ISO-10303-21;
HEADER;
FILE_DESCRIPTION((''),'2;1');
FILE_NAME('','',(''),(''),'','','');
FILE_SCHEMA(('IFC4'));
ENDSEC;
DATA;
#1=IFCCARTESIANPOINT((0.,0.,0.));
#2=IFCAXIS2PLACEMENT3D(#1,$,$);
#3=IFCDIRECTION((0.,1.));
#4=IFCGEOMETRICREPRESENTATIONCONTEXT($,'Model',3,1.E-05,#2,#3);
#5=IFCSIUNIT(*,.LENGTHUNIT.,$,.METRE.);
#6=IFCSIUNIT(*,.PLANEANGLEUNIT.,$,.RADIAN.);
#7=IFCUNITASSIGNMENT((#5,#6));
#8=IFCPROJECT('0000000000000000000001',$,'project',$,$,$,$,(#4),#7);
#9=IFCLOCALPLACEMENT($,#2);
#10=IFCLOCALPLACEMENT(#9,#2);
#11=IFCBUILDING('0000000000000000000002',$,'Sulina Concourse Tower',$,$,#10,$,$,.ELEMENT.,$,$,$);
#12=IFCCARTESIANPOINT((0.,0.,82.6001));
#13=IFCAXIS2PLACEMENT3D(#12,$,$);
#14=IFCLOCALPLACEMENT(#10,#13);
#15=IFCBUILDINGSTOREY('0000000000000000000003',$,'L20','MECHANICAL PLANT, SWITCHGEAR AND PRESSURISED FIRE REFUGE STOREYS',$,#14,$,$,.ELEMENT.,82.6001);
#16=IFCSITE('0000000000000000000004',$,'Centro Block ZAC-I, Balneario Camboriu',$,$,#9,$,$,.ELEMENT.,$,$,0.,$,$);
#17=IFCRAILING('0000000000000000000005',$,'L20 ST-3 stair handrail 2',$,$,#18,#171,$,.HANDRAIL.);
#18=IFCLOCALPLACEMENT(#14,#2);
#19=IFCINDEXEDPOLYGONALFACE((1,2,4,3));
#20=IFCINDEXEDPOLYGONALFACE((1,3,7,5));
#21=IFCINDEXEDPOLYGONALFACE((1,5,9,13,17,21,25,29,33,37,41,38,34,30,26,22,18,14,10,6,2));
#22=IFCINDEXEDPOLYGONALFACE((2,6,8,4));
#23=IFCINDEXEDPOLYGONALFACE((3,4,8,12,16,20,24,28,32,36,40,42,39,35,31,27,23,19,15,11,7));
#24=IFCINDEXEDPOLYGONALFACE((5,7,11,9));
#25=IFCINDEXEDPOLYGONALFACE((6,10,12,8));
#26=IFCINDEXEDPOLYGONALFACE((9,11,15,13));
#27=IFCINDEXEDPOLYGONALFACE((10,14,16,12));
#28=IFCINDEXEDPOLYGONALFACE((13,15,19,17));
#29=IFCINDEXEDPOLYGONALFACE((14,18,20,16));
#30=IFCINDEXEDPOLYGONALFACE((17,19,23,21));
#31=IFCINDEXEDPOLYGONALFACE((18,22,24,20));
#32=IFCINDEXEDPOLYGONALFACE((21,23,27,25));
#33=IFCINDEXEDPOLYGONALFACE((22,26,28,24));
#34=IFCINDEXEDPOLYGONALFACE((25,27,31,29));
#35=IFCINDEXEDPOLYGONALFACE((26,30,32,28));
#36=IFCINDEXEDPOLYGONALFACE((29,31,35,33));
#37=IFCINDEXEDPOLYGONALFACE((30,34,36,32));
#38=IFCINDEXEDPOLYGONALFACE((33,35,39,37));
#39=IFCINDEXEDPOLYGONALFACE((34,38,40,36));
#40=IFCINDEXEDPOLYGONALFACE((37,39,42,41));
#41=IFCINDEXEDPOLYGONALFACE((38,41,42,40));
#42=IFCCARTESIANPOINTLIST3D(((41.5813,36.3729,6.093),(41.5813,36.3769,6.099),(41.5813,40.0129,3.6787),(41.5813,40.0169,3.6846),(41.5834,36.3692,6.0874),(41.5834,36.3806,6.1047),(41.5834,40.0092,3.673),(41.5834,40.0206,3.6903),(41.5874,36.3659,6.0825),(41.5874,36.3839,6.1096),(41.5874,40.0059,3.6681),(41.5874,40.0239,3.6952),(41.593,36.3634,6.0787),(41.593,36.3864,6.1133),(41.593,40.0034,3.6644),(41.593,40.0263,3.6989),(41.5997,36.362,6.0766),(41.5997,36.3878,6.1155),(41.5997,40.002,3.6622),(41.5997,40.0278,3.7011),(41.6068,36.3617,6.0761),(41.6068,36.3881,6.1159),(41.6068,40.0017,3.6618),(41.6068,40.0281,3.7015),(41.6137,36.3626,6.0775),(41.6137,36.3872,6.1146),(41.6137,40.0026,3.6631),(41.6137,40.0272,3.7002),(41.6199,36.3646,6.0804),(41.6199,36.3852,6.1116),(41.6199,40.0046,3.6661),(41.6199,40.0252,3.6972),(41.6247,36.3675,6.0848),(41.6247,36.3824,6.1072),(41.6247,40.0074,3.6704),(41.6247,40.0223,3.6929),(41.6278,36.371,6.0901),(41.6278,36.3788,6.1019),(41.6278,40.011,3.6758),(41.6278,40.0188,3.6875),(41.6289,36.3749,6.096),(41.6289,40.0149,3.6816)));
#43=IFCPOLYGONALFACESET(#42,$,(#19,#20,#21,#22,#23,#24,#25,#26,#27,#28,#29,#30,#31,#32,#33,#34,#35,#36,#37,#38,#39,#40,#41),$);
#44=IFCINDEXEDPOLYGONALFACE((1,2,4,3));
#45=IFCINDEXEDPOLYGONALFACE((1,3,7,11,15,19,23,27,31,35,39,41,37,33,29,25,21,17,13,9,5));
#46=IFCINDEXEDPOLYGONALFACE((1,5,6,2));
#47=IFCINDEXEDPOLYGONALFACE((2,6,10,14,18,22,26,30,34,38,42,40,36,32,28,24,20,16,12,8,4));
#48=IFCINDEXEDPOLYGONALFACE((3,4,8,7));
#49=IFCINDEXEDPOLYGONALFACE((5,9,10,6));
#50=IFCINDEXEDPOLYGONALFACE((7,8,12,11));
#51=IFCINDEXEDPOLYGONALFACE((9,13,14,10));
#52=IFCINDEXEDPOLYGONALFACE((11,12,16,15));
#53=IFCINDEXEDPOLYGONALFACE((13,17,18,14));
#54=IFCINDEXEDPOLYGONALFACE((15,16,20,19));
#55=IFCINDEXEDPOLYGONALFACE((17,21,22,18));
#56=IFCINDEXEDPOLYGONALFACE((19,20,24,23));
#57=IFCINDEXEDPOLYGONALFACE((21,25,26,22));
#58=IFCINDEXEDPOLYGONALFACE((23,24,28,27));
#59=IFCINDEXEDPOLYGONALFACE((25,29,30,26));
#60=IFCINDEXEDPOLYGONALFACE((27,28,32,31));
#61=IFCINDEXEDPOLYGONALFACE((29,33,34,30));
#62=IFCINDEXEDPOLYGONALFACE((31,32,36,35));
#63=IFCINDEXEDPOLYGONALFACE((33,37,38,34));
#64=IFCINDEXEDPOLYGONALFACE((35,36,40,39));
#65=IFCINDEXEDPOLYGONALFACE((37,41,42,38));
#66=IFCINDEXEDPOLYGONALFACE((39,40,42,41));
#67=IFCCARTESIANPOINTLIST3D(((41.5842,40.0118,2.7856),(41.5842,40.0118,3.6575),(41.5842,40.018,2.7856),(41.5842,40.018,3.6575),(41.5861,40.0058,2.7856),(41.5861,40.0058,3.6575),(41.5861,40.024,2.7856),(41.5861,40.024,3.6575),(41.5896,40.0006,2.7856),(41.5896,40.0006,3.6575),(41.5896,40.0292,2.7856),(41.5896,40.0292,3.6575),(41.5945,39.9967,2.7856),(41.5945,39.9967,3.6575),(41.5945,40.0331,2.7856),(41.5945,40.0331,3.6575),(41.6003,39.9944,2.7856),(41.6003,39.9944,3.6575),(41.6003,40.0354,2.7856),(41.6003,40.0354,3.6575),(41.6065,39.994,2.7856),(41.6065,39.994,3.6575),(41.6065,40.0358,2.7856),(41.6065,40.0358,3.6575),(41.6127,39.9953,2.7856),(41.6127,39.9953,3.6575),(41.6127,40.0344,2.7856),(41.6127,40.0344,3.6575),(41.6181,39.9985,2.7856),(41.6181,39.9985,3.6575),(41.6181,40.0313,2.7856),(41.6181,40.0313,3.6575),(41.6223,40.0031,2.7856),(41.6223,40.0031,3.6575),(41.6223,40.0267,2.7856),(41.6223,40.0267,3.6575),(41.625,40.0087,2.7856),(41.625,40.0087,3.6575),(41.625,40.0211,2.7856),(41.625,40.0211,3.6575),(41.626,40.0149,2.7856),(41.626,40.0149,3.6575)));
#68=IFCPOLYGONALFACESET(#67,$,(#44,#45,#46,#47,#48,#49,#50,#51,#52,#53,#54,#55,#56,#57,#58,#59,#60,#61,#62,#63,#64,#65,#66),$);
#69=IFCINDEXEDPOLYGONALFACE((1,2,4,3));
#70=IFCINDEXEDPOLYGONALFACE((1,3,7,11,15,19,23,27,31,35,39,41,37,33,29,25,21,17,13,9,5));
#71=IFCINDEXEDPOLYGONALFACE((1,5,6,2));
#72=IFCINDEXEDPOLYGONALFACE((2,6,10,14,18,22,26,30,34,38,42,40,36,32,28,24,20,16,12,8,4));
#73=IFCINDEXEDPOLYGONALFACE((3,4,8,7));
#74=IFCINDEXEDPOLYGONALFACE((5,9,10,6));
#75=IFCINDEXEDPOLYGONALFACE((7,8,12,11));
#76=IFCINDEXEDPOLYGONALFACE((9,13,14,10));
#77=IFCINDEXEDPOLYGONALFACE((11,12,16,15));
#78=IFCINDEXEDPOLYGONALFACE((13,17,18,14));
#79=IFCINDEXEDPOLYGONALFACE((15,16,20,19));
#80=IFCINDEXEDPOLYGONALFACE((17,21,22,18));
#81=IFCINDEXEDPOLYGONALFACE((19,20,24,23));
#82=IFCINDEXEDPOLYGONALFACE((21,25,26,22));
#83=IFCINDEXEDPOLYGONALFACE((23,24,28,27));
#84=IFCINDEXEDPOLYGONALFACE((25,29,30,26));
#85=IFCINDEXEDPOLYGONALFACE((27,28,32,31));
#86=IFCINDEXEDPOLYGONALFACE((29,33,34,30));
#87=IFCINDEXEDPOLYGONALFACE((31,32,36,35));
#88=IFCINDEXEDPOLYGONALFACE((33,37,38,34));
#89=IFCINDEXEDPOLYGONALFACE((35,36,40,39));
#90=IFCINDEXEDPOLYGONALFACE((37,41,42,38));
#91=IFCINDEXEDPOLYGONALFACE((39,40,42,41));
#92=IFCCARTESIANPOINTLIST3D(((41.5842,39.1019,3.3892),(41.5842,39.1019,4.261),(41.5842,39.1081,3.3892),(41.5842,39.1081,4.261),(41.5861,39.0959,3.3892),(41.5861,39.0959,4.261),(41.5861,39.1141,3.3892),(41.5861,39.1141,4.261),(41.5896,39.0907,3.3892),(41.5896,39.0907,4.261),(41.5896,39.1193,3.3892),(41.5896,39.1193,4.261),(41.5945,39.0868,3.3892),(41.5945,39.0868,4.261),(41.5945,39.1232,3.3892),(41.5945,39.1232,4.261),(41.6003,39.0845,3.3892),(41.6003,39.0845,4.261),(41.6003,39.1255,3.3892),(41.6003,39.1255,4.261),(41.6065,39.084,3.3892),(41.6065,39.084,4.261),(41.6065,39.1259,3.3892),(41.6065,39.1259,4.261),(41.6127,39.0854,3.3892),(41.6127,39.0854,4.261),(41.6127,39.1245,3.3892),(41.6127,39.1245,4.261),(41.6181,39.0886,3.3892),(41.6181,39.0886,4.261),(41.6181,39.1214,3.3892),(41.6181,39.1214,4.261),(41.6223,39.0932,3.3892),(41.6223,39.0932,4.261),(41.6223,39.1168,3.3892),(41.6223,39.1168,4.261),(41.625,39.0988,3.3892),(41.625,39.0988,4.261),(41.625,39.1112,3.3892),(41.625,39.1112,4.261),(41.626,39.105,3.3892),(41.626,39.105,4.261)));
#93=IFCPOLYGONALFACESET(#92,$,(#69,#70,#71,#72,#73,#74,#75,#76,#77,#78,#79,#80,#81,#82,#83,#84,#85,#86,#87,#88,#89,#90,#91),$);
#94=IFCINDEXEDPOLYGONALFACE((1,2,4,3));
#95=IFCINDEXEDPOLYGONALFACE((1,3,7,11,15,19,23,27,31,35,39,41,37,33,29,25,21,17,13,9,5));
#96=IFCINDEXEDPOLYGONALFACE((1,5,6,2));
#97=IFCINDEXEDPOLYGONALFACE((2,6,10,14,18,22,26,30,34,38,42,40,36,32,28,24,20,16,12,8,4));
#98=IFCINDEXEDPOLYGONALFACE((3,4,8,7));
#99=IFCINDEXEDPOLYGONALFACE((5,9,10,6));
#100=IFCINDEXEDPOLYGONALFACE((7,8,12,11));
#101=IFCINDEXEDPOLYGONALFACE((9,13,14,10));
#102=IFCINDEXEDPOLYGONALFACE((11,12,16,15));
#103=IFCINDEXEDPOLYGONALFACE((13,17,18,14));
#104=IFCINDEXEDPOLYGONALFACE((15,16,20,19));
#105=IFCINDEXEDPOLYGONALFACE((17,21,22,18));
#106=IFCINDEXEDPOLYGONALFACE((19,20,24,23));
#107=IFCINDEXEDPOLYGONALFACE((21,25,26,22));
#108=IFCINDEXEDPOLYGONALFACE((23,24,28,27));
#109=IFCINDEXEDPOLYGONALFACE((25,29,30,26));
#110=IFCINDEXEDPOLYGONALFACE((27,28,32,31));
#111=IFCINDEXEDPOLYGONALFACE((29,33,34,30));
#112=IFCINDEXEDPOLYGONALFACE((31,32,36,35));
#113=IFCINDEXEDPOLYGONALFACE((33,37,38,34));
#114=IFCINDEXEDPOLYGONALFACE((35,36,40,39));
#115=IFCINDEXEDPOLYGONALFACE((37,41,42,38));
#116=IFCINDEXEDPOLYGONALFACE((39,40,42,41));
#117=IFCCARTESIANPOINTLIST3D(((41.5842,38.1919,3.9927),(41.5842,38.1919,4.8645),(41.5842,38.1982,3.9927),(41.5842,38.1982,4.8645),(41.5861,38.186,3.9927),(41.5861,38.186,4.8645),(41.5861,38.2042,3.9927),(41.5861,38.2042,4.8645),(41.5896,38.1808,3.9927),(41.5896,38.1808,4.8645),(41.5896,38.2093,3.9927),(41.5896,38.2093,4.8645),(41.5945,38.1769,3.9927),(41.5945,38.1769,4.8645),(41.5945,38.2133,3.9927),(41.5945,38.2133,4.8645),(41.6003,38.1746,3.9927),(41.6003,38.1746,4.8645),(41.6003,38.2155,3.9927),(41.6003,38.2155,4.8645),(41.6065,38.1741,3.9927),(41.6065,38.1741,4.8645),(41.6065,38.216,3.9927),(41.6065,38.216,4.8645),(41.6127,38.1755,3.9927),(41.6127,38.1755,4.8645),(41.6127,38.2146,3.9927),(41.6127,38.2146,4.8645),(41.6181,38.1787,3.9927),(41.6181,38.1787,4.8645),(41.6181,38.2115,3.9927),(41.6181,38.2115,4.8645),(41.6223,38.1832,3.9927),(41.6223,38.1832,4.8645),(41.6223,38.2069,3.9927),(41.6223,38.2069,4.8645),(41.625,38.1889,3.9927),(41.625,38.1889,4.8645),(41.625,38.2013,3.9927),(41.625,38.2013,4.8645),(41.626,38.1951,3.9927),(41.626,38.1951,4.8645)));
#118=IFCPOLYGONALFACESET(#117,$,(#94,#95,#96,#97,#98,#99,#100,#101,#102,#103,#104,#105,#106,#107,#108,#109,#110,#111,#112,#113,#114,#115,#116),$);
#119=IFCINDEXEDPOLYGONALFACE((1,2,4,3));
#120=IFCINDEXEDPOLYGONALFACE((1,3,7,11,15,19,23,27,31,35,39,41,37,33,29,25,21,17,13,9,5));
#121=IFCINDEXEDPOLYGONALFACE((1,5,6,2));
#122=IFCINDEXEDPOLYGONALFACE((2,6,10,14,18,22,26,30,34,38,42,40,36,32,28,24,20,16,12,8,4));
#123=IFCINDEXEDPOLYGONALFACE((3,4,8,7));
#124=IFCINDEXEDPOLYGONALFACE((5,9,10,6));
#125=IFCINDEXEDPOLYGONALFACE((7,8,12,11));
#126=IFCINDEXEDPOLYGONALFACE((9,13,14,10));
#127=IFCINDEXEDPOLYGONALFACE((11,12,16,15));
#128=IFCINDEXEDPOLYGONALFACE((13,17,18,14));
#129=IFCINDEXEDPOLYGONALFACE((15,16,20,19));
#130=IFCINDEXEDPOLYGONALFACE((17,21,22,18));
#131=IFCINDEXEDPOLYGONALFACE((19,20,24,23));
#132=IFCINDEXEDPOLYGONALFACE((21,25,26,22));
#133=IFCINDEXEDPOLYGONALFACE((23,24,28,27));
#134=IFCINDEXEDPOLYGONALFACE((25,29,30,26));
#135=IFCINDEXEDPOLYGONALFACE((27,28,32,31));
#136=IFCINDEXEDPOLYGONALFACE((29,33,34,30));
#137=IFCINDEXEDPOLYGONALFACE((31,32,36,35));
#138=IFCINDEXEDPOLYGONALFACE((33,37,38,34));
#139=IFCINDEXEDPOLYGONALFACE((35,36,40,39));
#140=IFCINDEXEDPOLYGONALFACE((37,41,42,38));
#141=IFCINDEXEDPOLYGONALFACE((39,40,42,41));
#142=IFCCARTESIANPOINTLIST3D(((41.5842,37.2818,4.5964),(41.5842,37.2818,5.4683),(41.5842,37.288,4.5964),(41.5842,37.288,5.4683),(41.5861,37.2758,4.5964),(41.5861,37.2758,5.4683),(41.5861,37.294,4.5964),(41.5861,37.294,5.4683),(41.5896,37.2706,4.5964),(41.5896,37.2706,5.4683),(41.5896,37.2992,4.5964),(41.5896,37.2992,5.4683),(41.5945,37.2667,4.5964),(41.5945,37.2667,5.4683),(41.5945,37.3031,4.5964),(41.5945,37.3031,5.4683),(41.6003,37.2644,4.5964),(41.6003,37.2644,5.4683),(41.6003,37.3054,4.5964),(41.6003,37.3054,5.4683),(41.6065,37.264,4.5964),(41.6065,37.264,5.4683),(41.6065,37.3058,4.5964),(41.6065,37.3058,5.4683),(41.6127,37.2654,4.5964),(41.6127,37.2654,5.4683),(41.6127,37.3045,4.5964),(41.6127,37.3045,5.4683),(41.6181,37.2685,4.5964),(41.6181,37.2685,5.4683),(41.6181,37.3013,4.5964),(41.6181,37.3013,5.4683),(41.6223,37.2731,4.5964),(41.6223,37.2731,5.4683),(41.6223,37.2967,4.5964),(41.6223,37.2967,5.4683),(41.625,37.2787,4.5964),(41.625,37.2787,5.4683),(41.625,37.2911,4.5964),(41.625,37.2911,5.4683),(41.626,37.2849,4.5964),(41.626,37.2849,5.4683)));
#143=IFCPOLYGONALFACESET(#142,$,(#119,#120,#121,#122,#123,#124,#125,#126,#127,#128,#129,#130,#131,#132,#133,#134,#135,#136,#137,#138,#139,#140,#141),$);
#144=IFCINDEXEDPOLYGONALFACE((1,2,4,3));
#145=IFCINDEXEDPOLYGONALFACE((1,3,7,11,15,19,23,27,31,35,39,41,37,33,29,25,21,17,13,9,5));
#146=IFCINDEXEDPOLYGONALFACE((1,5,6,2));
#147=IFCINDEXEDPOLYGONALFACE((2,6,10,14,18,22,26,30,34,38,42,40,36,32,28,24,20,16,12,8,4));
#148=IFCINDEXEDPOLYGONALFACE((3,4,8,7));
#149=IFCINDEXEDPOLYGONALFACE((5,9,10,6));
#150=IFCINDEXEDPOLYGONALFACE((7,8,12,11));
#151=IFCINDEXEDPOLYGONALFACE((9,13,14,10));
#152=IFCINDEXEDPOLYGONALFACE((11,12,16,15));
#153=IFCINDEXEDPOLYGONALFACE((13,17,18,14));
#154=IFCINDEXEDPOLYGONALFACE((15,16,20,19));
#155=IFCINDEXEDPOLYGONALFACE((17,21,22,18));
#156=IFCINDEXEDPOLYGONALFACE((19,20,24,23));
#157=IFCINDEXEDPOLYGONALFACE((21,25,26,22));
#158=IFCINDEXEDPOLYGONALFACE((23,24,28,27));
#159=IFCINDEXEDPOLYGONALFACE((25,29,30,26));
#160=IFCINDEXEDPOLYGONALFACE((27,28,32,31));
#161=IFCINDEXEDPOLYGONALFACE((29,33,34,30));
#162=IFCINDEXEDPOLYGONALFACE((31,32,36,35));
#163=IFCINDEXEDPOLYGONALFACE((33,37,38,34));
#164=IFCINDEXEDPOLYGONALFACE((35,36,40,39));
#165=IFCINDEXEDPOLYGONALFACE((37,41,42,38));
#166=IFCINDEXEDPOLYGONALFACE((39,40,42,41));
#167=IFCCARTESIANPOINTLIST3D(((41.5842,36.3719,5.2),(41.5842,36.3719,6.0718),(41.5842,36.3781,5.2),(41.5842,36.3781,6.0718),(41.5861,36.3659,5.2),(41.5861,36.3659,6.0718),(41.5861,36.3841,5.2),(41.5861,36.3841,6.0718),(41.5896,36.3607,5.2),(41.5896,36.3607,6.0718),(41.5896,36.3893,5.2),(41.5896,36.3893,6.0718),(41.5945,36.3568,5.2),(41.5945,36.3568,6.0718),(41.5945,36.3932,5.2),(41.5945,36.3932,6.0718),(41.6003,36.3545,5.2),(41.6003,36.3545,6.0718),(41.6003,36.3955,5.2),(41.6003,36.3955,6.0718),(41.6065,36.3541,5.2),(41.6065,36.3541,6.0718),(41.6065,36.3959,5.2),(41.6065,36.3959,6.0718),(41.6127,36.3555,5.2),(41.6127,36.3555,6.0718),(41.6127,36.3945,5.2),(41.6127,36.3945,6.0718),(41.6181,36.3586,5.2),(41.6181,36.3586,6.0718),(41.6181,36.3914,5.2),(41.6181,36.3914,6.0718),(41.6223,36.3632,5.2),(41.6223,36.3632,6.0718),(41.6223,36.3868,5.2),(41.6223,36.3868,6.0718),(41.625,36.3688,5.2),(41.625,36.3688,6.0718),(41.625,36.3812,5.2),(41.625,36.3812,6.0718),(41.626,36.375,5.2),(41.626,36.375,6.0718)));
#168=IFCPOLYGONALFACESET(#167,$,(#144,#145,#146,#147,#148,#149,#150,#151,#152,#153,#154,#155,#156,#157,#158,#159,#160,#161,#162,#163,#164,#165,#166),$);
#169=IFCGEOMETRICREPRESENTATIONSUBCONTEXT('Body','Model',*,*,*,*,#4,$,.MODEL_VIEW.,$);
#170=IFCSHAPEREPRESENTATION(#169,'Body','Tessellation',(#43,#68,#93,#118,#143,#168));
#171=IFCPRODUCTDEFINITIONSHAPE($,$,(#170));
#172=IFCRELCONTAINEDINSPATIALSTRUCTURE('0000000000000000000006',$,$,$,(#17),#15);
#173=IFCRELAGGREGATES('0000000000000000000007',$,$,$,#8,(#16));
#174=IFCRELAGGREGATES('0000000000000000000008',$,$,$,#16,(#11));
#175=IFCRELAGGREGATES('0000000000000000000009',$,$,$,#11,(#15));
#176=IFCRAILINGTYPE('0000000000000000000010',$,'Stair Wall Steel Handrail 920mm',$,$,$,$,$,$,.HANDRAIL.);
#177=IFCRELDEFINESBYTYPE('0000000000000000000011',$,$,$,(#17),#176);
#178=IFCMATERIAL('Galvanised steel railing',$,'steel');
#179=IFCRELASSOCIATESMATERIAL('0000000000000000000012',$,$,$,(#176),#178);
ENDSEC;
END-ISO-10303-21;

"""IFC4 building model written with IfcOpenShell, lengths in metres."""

from ifc_helpers import new_model, si_unit, direction, frame, origin, origin_2d, place, context, subcontext, project, spatial, circle, extrude, material, type_object, element, save


model = new_model("IFC4")

# Units and contexts
model_context = context("Model", 3, precision=1e-05, world=origin(), true_north=direction((0.0, 1.0)))
body_context = subcontext(model_context, "Body", "Model", "MODEL_VIEW")
ifc_project = project(units=[si_unit("LENGTHUNIT", "METRE"), si_unit("PLANEANGLEUNIT", "RADIAN")], contexts=[model_context])

# Site, building, storey
site_placement = place(None, origin())
site = spatial("IfcSite", under=ifc_project, at=site_placement, Name="Centro Block ZAC-I, Balneario Camboriu", CompositionType="ELEMENT", RefElevation=0.0)
building_placement = place(site_placement, origin())
building = spatial("IfcBuilding", under=site, at=building_placement, Name="Sulina Concourse Tower", CompositionType="ELEMENT")
storey_placement = place(building_placement, frame((0.0, 0.0, 82.6001)))
storey = spatial("IfcBuildingStorey", under=building, at=storey_placement, Name="L20", Description="MECHANICAL PLANT, SWITCHGEAR AND PRESSURISED FIRE REFUGE STOREYS", CompositionType="ELEMENT", Elevation=82.6001)

# Railing
ifc_material_1 = material(Name="Galvanised steel railing", Category="steel")
railing_type_1 = type_object("IfcRailingType", Name="Stair Wall Steel Handrail 920mm", PredefinedType="HANDRAIL", material=ifc_material_1)
railing_1_placement = place(storey_placement, frame((41.605, 40.0149, 2.7856)))
element("IfcRailing", 1, at=railing_1_placement, inside=storey, type_object=railing_type_1, Name="L20 ST-3 stair handrail 2", PredefinedType="HANDRAIL", context=body_context, shape_type="SweptSolid", body=[
    extrude(circle(Radius=0.0239, at=origin_2d()), frame((0.0, 0.0, 0.896), z_axis=(0.0, -0.833347, 0.552751), x_axis=(1.0, 0.0, 0.0)), (0.0, 0.0, 1.0), 4.3679),
    extrude(circle(Radius=0.021, at=origin_2d()), origin(), (0.0, 0.0, 1.0), 0.8718),
    extrude(circle(Radius=0.021, at=origin_2d()), frame((0.0, -0.9099, 0.6035)), (0.0, 0.0, 1.0), 0.8718),
    extrude(circle(Radius=0.021, at=origin_2d()), frame((0.0, -1.8198, 1.207)), (0.0, 0.0, 1.0), 0.8718),
    extrude(circle(Radius=0.021, at=origin_2d()), frame((0.0, -2.73, 1.8108)), (0.0, 0.0, 1.0), 0.8718),
    extrude(circle(Radius=0.021, at=origin_2d()), frame((0.0, -3.6399, 2.4143)), (0.0, 0.0, 1.0), 0.8718),
])

save(model, "model.ifc")
